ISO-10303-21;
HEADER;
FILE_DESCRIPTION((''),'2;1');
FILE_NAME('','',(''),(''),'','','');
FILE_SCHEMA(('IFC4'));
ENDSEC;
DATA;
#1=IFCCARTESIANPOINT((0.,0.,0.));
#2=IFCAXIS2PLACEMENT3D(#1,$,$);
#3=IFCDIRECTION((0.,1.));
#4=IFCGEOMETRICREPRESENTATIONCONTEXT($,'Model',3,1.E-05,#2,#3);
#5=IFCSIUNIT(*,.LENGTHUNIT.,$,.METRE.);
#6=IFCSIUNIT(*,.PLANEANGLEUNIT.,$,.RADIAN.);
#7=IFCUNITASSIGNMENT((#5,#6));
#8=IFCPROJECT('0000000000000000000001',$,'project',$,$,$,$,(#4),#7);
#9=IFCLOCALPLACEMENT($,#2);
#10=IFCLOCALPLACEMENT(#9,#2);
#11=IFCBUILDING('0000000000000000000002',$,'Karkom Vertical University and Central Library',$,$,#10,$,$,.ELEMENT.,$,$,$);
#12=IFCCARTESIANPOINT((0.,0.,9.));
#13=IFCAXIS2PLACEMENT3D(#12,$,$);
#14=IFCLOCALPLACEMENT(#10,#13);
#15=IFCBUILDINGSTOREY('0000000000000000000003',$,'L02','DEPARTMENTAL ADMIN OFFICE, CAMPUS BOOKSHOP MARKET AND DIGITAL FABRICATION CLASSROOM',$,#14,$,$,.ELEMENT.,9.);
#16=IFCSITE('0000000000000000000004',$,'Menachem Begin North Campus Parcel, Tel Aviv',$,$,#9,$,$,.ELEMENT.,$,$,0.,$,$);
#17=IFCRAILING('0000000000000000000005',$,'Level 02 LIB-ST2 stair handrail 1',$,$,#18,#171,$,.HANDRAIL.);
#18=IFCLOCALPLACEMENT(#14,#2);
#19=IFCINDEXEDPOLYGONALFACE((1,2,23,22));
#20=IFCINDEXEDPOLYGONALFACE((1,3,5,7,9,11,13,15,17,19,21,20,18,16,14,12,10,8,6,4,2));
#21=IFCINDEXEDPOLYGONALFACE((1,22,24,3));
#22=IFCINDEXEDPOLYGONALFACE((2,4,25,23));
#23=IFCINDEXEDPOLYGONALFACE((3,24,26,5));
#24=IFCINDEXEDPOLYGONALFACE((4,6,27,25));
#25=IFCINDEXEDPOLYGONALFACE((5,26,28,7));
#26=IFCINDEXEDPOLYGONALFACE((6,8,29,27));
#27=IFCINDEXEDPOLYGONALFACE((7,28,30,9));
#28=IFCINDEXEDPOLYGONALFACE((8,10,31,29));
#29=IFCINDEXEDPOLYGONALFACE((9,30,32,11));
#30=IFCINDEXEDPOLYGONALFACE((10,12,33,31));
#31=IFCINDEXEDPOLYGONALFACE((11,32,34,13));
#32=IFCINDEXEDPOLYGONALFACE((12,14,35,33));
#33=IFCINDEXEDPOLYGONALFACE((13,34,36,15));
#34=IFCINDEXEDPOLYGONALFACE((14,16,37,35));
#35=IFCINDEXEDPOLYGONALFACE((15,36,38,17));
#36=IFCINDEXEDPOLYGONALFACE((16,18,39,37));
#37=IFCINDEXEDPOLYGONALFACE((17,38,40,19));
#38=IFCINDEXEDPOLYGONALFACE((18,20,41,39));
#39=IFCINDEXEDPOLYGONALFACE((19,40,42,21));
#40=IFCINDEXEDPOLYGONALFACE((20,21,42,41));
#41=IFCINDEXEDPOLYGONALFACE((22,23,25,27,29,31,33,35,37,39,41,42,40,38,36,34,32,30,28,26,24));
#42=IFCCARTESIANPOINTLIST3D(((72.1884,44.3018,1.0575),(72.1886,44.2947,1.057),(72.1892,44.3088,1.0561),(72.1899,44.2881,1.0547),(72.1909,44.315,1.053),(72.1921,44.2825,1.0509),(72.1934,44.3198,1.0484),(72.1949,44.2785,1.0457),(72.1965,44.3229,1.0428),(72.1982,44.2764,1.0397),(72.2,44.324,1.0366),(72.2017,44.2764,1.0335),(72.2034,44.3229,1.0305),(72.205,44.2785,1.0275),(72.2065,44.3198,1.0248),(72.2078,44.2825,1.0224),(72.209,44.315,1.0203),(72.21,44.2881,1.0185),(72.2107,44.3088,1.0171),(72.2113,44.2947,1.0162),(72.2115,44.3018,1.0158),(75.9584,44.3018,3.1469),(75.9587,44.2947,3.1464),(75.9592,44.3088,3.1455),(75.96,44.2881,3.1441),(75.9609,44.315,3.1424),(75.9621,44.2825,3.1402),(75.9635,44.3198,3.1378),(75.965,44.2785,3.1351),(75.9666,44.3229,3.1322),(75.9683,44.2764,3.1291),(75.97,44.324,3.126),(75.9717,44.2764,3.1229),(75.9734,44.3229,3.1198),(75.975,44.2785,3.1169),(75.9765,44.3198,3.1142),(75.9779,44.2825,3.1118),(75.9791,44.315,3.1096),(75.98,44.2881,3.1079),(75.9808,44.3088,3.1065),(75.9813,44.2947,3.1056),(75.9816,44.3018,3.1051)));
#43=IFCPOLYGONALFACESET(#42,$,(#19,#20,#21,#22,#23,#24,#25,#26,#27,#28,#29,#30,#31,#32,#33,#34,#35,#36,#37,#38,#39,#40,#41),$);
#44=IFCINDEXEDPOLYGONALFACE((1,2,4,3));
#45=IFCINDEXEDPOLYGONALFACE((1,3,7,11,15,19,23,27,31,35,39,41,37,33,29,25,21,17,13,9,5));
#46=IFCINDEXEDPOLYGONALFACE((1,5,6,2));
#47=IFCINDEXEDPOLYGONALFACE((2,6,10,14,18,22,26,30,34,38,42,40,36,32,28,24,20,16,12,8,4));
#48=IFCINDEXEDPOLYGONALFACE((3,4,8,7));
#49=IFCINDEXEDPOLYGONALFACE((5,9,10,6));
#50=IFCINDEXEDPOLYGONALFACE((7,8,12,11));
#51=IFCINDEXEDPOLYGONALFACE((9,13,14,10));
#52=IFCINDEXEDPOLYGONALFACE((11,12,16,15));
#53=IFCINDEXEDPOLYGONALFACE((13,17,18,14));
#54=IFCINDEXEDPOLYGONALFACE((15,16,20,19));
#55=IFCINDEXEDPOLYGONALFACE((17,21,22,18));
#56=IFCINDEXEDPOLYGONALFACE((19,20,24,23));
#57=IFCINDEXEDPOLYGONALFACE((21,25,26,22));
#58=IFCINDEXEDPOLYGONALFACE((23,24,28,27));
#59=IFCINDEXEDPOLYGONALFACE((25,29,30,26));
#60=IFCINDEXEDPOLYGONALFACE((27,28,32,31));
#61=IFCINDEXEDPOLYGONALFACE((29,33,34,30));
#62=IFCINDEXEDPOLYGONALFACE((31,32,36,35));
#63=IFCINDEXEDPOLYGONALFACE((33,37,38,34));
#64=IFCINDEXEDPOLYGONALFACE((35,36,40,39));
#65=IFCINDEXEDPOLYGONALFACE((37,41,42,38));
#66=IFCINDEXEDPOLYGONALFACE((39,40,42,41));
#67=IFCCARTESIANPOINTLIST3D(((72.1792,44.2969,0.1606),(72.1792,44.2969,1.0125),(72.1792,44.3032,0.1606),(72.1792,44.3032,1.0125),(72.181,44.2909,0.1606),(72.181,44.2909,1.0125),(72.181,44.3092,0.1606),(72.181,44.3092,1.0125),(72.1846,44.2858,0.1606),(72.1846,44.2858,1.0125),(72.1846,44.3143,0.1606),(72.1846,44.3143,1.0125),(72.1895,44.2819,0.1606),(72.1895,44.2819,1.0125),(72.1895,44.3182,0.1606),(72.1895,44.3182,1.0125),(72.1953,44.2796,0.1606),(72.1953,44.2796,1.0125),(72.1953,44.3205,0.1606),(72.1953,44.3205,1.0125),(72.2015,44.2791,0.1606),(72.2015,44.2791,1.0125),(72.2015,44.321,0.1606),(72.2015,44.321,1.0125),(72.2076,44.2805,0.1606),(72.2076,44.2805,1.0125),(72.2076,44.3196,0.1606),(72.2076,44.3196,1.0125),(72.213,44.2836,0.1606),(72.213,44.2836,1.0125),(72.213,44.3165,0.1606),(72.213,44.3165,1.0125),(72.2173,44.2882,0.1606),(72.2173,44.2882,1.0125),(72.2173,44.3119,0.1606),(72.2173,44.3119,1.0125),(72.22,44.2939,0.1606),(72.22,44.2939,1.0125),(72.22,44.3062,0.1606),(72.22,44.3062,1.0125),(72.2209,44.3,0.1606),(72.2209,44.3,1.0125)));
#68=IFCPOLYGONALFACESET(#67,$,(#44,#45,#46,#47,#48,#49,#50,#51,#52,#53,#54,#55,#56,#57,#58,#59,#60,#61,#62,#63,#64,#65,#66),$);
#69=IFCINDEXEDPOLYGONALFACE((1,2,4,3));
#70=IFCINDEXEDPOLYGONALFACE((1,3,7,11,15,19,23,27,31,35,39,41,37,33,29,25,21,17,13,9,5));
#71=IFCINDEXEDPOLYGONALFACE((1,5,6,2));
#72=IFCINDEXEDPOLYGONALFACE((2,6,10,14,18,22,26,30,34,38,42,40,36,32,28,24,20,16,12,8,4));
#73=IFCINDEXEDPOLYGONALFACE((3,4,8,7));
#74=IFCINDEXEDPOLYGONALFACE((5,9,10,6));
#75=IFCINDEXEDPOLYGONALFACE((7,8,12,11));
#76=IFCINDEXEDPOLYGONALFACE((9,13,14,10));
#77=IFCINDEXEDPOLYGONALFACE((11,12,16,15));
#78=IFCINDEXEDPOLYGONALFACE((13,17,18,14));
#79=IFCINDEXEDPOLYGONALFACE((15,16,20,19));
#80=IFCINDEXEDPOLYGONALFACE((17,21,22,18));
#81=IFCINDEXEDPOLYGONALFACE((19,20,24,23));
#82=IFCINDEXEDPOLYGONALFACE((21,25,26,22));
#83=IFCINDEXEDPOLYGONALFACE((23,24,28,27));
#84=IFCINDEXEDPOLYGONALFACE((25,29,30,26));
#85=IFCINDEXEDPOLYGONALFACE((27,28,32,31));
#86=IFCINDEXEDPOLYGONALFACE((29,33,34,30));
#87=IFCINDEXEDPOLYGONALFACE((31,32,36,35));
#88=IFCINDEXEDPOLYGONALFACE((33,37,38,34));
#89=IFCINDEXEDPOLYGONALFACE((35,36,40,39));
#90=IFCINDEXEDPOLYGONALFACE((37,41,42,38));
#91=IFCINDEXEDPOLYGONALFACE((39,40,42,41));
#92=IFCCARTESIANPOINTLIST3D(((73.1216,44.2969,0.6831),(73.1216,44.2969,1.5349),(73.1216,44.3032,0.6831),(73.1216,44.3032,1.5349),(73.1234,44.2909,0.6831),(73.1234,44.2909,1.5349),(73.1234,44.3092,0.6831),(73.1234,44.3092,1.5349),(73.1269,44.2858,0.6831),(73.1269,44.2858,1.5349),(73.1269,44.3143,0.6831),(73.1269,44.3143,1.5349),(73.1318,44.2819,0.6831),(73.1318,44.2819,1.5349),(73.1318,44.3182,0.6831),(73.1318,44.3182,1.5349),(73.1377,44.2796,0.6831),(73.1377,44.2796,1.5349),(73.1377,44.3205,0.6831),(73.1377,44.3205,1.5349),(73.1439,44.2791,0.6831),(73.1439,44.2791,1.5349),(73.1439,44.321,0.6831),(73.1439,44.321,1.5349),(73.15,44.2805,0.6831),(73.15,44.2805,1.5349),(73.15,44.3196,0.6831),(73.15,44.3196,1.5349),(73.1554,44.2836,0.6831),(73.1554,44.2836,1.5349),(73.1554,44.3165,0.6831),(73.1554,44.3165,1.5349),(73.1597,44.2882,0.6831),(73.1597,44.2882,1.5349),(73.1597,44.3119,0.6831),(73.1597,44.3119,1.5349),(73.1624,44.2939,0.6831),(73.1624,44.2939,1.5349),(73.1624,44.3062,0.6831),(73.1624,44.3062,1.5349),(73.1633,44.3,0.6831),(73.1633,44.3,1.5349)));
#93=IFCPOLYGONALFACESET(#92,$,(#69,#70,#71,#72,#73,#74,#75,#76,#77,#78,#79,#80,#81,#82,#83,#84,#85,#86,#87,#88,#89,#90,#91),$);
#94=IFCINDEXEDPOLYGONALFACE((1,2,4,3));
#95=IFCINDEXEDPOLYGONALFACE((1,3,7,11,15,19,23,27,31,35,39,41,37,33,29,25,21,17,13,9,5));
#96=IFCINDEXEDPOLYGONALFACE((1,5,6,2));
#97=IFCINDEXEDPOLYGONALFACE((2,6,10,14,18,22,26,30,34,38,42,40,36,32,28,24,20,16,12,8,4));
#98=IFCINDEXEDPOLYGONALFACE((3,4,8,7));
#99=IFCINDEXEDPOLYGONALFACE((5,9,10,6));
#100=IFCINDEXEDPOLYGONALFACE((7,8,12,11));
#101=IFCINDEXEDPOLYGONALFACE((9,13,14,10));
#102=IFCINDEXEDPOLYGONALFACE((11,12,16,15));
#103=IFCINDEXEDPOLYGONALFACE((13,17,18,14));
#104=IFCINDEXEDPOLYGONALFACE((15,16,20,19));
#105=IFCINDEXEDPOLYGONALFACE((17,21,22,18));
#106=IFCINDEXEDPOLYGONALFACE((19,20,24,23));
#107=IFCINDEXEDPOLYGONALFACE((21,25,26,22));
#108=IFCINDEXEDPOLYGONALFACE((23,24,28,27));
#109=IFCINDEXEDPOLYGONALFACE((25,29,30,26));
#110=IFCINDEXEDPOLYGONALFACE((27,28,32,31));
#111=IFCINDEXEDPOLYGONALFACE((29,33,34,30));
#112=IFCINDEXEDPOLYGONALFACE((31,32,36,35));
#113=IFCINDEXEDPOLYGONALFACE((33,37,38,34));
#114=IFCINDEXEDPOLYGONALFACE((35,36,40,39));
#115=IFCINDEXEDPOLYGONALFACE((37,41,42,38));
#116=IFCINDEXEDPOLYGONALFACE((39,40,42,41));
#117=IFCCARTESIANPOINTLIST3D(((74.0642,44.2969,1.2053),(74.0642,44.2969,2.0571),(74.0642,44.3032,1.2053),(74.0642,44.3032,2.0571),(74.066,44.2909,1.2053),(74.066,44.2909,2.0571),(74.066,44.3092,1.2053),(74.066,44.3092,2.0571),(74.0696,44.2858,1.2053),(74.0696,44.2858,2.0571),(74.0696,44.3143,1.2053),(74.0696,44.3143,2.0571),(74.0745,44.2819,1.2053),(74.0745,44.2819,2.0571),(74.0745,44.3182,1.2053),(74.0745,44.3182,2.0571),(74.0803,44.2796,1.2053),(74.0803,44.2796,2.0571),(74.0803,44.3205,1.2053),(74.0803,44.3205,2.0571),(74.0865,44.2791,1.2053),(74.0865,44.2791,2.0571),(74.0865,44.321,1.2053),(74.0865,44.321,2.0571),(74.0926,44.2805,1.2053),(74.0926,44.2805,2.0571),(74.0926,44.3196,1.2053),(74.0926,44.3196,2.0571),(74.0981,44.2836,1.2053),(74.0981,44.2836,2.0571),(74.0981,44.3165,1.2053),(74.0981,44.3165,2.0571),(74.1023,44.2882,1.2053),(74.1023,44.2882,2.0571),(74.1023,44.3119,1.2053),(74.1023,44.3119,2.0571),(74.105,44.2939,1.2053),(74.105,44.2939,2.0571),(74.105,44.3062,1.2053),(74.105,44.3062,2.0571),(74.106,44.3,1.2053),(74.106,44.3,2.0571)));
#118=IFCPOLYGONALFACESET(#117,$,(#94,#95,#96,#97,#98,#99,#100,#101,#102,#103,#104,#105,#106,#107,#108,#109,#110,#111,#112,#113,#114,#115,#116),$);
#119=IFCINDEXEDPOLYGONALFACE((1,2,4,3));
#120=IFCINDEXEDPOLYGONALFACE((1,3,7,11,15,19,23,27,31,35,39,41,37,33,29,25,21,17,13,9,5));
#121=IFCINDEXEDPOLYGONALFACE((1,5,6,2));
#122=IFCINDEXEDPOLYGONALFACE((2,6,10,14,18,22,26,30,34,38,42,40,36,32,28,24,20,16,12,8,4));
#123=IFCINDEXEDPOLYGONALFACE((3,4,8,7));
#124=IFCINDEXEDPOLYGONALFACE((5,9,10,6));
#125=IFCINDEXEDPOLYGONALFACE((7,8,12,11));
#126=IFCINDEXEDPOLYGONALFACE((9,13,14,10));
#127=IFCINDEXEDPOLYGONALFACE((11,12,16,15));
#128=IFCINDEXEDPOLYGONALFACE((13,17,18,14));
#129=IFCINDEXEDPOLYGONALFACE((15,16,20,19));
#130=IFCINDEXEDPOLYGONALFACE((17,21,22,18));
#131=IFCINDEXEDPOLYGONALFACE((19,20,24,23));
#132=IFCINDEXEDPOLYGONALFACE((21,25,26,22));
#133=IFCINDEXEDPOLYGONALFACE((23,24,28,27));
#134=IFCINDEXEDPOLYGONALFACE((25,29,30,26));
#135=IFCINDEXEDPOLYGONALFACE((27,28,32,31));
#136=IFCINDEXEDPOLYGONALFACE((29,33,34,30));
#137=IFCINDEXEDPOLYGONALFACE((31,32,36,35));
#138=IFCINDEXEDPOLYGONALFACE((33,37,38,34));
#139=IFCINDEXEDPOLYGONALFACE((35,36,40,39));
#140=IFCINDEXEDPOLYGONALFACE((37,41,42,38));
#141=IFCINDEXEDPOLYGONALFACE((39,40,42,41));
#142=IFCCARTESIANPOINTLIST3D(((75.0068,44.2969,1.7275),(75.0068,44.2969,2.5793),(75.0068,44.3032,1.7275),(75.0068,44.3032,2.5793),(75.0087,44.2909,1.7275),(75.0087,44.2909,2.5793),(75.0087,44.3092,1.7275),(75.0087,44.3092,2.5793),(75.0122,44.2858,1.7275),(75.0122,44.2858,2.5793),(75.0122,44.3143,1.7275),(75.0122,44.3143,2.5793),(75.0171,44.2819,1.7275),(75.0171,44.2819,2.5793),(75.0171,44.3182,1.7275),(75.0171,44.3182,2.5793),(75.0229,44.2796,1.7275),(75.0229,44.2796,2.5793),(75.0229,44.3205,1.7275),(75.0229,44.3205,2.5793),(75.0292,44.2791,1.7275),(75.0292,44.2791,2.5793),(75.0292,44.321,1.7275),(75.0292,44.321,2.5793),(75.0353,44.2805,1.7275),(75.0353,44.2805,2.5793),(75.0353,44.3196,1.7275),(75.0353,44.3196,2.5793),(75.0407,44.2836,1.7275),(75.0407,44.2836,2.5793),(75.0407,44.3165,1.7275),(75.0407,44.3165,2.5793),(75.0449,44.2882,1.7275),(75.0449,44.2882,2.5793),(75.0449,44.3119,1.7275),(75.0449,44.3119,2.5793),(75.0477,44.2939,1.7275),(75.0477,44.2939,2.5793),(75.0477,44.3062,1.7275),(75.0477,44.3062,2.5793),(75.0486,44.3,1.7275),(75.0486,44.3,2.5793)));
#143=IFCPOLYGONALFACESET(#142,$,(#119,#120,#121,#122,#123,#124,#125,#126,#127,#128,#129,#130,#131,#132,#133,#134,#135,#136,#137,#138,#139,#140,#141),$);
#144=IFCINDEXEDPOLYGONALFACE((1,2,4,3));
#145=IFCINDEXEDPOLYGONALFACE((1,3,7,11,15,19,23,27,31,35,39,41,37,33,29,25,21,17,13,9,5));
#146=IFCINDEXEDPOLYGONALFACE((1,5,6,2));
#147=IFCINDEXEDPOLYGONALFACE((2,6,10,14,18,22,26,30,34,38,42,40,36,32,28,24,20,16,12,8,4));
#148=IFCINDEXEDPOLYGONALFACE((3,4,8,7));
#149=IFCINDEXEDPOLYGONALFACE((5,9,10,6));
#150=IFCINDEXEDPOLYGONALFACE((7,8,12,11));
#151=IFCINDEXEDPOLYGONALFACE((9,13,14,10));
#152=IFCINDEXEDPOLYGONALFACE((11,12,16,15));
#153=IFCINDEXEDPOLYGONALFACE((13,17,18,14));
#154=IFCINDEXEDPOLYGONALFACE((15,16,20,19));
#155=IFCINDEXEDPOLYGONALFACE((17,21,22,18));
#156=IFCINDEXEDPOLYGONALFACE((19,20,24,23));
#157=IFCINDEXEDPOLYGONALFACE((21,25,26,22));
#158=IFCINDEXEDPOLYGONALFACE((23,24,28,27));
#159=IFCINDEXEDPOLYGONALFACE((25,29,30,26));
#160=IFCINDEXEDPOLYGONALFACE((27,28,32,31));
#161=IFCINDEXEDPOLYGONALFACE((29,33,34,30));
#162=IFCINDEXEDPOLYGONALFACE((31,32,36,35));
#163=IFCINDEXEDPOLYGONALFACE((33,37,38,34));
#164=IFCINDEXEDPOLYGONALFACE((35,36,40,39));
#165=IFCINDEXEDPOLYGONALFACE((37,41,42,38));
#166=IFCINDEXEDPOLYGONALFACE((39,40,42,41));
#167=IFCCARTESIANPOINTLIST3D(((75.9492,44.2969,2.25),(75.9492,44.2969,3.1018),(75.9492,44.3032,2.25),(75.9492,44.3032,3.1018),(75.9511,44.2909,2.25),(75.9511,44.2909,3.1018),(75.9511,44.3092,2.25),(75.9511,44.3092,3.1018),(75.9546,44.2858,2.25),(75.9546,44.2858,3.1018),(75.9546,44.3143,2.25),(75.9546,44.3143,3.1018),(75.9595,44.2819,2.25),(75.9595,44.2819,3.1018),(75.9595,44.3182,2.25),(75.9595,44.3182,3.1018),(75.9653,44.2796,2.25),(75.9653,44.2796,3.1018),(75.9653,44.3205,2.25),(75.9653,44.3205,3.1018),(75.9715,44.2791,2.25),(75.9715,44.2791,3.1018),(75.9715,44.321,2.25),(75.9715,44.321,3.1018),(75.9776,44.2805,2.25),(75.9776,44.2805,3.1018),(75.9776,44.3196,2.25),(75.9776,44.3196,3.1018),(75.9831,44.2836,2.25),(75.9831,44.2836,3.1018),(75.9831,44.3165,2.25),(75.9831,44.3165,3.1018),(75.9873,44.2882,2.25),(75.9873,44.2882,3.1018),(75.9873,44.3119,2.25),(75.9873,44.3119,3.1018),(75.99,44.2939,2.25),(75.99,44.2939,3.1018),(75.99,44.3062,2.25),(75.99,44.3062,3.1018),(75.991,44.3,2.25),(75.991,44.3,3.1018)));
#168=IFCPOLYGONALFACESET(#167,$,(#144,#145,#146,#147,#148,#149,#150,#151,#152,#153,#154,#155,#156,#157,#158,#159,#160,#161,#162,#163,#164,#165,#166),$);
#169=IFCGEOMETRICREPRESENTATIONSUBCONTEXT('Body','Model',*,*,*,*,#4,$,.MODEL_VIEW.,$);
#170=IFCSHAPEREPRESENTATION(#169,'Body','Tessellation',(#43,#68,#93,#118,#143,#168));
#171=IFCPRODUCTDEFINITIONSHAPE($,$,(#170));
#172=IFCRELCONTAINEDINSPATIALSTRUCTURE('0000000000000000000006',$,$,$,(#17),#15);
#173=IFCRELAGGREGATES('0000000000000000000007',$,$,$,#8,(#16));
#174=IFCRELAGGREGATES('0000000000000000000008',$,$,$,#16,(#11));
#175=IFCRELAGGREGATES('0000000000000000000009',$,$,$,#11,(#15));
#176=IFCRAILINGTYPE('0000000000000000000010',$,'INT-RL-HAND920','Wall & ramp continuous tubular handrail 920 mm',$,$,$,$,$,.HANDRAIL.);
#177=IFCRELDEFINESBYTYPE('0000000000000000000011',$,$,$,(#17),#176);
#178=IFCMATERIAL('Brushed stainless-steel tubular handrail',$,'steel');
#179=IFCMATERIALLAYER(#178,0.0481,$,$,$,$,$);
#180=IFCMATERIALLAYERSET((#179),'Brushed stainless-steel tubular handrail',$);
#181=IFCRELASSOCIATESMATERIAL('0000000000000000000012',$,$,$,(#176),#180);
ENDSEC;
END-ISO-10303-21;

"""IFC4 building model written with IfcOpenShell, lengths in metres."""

from ifc_helpers import new_model, si_unit, direction, frame, origin, origin_2d, place, context, subcontext, project, spatial, circle, extrude, material, layer, layer_set, type_object, element, save


model = new_model("IFC4")

# Units and contexts
model_context = context("Model", 3, precision=1e-05, world=origin(), true_north=direction((0.0, 1.0)))
body_context = subcontext(model_context, "Body", "Model", "MODEL_VIEW")
ifc_project = project(units=[si_unit("LENGTHUNIT", "METRE"), si_unit("PLANEANGLEUNIT", "RADIAN")], contexts=[model_context])

# Site, building, storey
site_placement = place(None, origin())
site = spatial("IfcSite", under=ifc_project, at=site_placement, Name="Menachem Begin North Campus Parcel, Tel Aviv", CompositionType="ELEMENT", RefElevation=0.0)
building_placement = place(site_placement, origin())
building = spatial("IfcBuilding", under=site, at=building_placement, Name="Karkom Vertical University and Central Library", CompositionType="ELEMENT")
storey_placement = place(building_placement, frame((0.0, 0.0, 9.0)))
storey = spatial("IfcBuildingStorey", under=building, at=storey_placement, Name="L02", Description="DEPARTMENTAL ADMIN OFFICE, CAMPUS BOOKSHOP MARKET AND DIGITAL FABRICATION CLASSROOM", CompositionType="ELEMENT", Elevation=9.0)

# Railing
ifc_material_1 = material(Name="Brushed stainless-steel tubular handrail", Category="steel")
ifc_layer_1 = layer(ifc_material_1, 0.0481)
ifc_layer_set_1 = layer_set([ifc_layer_1], Name="Brushed stainless-steel tubular handrail")
railing_type_1 = type_object("IfcRailingType", Name="INT-RL-HAND920", Description="Wall & ramp continuous tubular handrail 920 mm", PredefinedType="HANDRAIL", material=ifc_layer_set_1)
railing_1_placement = place(storey_placement, frame((72.2, 44.3, 0.1606)))
element("IfcRailing", 1, at=railing_1_placement, inside=storey, type_object=railing_type_1, Name="Level 02 LIB-ST2 stair handrail 1", PredefinedType="HANDRAIL", context=body_context, shape_type="SweptSolid", body=[
    extrude(circle(Radius=0.0239, at=origin_2d()), frame((0.0, 0.0, 0.876), z_axis=(0.874659, 0.0, 0.484739), x_axis=(0.0, 1.0, 0.0)), (0.0, 0.0, 1.0), 4.3103),
    extrude(circle(Radius=0.021, at=origin_2d()), origin(), (0.0, 0.0, 1.0), 0.8518),
    extrude(circle(Radius=0.021, at=origin_2d()), frame((0.9424, 0.0, 0.5225)), (0.0, 0.0, 1.0), 0.8518),
    extrude(circle(Radius=0.021, at=origin_2d()), frame((1.885, 0.0, 1.0447)), (0.0, 0.0, 1.0), 0.8518),
    extrude(circle(Radius=0.021, at=origin_2d()), frame((2.8276, 0.0, 1.5669)), (0.0, 0.0, 1.0), 0.8518),
    extrude(circle(Radius=0.021, at=origin_2d()), frame((3.77, 0.0, 2.0894)), (0.0, 0.0, 1.0), 0.8518),
])

save(model, "model.ifc")
